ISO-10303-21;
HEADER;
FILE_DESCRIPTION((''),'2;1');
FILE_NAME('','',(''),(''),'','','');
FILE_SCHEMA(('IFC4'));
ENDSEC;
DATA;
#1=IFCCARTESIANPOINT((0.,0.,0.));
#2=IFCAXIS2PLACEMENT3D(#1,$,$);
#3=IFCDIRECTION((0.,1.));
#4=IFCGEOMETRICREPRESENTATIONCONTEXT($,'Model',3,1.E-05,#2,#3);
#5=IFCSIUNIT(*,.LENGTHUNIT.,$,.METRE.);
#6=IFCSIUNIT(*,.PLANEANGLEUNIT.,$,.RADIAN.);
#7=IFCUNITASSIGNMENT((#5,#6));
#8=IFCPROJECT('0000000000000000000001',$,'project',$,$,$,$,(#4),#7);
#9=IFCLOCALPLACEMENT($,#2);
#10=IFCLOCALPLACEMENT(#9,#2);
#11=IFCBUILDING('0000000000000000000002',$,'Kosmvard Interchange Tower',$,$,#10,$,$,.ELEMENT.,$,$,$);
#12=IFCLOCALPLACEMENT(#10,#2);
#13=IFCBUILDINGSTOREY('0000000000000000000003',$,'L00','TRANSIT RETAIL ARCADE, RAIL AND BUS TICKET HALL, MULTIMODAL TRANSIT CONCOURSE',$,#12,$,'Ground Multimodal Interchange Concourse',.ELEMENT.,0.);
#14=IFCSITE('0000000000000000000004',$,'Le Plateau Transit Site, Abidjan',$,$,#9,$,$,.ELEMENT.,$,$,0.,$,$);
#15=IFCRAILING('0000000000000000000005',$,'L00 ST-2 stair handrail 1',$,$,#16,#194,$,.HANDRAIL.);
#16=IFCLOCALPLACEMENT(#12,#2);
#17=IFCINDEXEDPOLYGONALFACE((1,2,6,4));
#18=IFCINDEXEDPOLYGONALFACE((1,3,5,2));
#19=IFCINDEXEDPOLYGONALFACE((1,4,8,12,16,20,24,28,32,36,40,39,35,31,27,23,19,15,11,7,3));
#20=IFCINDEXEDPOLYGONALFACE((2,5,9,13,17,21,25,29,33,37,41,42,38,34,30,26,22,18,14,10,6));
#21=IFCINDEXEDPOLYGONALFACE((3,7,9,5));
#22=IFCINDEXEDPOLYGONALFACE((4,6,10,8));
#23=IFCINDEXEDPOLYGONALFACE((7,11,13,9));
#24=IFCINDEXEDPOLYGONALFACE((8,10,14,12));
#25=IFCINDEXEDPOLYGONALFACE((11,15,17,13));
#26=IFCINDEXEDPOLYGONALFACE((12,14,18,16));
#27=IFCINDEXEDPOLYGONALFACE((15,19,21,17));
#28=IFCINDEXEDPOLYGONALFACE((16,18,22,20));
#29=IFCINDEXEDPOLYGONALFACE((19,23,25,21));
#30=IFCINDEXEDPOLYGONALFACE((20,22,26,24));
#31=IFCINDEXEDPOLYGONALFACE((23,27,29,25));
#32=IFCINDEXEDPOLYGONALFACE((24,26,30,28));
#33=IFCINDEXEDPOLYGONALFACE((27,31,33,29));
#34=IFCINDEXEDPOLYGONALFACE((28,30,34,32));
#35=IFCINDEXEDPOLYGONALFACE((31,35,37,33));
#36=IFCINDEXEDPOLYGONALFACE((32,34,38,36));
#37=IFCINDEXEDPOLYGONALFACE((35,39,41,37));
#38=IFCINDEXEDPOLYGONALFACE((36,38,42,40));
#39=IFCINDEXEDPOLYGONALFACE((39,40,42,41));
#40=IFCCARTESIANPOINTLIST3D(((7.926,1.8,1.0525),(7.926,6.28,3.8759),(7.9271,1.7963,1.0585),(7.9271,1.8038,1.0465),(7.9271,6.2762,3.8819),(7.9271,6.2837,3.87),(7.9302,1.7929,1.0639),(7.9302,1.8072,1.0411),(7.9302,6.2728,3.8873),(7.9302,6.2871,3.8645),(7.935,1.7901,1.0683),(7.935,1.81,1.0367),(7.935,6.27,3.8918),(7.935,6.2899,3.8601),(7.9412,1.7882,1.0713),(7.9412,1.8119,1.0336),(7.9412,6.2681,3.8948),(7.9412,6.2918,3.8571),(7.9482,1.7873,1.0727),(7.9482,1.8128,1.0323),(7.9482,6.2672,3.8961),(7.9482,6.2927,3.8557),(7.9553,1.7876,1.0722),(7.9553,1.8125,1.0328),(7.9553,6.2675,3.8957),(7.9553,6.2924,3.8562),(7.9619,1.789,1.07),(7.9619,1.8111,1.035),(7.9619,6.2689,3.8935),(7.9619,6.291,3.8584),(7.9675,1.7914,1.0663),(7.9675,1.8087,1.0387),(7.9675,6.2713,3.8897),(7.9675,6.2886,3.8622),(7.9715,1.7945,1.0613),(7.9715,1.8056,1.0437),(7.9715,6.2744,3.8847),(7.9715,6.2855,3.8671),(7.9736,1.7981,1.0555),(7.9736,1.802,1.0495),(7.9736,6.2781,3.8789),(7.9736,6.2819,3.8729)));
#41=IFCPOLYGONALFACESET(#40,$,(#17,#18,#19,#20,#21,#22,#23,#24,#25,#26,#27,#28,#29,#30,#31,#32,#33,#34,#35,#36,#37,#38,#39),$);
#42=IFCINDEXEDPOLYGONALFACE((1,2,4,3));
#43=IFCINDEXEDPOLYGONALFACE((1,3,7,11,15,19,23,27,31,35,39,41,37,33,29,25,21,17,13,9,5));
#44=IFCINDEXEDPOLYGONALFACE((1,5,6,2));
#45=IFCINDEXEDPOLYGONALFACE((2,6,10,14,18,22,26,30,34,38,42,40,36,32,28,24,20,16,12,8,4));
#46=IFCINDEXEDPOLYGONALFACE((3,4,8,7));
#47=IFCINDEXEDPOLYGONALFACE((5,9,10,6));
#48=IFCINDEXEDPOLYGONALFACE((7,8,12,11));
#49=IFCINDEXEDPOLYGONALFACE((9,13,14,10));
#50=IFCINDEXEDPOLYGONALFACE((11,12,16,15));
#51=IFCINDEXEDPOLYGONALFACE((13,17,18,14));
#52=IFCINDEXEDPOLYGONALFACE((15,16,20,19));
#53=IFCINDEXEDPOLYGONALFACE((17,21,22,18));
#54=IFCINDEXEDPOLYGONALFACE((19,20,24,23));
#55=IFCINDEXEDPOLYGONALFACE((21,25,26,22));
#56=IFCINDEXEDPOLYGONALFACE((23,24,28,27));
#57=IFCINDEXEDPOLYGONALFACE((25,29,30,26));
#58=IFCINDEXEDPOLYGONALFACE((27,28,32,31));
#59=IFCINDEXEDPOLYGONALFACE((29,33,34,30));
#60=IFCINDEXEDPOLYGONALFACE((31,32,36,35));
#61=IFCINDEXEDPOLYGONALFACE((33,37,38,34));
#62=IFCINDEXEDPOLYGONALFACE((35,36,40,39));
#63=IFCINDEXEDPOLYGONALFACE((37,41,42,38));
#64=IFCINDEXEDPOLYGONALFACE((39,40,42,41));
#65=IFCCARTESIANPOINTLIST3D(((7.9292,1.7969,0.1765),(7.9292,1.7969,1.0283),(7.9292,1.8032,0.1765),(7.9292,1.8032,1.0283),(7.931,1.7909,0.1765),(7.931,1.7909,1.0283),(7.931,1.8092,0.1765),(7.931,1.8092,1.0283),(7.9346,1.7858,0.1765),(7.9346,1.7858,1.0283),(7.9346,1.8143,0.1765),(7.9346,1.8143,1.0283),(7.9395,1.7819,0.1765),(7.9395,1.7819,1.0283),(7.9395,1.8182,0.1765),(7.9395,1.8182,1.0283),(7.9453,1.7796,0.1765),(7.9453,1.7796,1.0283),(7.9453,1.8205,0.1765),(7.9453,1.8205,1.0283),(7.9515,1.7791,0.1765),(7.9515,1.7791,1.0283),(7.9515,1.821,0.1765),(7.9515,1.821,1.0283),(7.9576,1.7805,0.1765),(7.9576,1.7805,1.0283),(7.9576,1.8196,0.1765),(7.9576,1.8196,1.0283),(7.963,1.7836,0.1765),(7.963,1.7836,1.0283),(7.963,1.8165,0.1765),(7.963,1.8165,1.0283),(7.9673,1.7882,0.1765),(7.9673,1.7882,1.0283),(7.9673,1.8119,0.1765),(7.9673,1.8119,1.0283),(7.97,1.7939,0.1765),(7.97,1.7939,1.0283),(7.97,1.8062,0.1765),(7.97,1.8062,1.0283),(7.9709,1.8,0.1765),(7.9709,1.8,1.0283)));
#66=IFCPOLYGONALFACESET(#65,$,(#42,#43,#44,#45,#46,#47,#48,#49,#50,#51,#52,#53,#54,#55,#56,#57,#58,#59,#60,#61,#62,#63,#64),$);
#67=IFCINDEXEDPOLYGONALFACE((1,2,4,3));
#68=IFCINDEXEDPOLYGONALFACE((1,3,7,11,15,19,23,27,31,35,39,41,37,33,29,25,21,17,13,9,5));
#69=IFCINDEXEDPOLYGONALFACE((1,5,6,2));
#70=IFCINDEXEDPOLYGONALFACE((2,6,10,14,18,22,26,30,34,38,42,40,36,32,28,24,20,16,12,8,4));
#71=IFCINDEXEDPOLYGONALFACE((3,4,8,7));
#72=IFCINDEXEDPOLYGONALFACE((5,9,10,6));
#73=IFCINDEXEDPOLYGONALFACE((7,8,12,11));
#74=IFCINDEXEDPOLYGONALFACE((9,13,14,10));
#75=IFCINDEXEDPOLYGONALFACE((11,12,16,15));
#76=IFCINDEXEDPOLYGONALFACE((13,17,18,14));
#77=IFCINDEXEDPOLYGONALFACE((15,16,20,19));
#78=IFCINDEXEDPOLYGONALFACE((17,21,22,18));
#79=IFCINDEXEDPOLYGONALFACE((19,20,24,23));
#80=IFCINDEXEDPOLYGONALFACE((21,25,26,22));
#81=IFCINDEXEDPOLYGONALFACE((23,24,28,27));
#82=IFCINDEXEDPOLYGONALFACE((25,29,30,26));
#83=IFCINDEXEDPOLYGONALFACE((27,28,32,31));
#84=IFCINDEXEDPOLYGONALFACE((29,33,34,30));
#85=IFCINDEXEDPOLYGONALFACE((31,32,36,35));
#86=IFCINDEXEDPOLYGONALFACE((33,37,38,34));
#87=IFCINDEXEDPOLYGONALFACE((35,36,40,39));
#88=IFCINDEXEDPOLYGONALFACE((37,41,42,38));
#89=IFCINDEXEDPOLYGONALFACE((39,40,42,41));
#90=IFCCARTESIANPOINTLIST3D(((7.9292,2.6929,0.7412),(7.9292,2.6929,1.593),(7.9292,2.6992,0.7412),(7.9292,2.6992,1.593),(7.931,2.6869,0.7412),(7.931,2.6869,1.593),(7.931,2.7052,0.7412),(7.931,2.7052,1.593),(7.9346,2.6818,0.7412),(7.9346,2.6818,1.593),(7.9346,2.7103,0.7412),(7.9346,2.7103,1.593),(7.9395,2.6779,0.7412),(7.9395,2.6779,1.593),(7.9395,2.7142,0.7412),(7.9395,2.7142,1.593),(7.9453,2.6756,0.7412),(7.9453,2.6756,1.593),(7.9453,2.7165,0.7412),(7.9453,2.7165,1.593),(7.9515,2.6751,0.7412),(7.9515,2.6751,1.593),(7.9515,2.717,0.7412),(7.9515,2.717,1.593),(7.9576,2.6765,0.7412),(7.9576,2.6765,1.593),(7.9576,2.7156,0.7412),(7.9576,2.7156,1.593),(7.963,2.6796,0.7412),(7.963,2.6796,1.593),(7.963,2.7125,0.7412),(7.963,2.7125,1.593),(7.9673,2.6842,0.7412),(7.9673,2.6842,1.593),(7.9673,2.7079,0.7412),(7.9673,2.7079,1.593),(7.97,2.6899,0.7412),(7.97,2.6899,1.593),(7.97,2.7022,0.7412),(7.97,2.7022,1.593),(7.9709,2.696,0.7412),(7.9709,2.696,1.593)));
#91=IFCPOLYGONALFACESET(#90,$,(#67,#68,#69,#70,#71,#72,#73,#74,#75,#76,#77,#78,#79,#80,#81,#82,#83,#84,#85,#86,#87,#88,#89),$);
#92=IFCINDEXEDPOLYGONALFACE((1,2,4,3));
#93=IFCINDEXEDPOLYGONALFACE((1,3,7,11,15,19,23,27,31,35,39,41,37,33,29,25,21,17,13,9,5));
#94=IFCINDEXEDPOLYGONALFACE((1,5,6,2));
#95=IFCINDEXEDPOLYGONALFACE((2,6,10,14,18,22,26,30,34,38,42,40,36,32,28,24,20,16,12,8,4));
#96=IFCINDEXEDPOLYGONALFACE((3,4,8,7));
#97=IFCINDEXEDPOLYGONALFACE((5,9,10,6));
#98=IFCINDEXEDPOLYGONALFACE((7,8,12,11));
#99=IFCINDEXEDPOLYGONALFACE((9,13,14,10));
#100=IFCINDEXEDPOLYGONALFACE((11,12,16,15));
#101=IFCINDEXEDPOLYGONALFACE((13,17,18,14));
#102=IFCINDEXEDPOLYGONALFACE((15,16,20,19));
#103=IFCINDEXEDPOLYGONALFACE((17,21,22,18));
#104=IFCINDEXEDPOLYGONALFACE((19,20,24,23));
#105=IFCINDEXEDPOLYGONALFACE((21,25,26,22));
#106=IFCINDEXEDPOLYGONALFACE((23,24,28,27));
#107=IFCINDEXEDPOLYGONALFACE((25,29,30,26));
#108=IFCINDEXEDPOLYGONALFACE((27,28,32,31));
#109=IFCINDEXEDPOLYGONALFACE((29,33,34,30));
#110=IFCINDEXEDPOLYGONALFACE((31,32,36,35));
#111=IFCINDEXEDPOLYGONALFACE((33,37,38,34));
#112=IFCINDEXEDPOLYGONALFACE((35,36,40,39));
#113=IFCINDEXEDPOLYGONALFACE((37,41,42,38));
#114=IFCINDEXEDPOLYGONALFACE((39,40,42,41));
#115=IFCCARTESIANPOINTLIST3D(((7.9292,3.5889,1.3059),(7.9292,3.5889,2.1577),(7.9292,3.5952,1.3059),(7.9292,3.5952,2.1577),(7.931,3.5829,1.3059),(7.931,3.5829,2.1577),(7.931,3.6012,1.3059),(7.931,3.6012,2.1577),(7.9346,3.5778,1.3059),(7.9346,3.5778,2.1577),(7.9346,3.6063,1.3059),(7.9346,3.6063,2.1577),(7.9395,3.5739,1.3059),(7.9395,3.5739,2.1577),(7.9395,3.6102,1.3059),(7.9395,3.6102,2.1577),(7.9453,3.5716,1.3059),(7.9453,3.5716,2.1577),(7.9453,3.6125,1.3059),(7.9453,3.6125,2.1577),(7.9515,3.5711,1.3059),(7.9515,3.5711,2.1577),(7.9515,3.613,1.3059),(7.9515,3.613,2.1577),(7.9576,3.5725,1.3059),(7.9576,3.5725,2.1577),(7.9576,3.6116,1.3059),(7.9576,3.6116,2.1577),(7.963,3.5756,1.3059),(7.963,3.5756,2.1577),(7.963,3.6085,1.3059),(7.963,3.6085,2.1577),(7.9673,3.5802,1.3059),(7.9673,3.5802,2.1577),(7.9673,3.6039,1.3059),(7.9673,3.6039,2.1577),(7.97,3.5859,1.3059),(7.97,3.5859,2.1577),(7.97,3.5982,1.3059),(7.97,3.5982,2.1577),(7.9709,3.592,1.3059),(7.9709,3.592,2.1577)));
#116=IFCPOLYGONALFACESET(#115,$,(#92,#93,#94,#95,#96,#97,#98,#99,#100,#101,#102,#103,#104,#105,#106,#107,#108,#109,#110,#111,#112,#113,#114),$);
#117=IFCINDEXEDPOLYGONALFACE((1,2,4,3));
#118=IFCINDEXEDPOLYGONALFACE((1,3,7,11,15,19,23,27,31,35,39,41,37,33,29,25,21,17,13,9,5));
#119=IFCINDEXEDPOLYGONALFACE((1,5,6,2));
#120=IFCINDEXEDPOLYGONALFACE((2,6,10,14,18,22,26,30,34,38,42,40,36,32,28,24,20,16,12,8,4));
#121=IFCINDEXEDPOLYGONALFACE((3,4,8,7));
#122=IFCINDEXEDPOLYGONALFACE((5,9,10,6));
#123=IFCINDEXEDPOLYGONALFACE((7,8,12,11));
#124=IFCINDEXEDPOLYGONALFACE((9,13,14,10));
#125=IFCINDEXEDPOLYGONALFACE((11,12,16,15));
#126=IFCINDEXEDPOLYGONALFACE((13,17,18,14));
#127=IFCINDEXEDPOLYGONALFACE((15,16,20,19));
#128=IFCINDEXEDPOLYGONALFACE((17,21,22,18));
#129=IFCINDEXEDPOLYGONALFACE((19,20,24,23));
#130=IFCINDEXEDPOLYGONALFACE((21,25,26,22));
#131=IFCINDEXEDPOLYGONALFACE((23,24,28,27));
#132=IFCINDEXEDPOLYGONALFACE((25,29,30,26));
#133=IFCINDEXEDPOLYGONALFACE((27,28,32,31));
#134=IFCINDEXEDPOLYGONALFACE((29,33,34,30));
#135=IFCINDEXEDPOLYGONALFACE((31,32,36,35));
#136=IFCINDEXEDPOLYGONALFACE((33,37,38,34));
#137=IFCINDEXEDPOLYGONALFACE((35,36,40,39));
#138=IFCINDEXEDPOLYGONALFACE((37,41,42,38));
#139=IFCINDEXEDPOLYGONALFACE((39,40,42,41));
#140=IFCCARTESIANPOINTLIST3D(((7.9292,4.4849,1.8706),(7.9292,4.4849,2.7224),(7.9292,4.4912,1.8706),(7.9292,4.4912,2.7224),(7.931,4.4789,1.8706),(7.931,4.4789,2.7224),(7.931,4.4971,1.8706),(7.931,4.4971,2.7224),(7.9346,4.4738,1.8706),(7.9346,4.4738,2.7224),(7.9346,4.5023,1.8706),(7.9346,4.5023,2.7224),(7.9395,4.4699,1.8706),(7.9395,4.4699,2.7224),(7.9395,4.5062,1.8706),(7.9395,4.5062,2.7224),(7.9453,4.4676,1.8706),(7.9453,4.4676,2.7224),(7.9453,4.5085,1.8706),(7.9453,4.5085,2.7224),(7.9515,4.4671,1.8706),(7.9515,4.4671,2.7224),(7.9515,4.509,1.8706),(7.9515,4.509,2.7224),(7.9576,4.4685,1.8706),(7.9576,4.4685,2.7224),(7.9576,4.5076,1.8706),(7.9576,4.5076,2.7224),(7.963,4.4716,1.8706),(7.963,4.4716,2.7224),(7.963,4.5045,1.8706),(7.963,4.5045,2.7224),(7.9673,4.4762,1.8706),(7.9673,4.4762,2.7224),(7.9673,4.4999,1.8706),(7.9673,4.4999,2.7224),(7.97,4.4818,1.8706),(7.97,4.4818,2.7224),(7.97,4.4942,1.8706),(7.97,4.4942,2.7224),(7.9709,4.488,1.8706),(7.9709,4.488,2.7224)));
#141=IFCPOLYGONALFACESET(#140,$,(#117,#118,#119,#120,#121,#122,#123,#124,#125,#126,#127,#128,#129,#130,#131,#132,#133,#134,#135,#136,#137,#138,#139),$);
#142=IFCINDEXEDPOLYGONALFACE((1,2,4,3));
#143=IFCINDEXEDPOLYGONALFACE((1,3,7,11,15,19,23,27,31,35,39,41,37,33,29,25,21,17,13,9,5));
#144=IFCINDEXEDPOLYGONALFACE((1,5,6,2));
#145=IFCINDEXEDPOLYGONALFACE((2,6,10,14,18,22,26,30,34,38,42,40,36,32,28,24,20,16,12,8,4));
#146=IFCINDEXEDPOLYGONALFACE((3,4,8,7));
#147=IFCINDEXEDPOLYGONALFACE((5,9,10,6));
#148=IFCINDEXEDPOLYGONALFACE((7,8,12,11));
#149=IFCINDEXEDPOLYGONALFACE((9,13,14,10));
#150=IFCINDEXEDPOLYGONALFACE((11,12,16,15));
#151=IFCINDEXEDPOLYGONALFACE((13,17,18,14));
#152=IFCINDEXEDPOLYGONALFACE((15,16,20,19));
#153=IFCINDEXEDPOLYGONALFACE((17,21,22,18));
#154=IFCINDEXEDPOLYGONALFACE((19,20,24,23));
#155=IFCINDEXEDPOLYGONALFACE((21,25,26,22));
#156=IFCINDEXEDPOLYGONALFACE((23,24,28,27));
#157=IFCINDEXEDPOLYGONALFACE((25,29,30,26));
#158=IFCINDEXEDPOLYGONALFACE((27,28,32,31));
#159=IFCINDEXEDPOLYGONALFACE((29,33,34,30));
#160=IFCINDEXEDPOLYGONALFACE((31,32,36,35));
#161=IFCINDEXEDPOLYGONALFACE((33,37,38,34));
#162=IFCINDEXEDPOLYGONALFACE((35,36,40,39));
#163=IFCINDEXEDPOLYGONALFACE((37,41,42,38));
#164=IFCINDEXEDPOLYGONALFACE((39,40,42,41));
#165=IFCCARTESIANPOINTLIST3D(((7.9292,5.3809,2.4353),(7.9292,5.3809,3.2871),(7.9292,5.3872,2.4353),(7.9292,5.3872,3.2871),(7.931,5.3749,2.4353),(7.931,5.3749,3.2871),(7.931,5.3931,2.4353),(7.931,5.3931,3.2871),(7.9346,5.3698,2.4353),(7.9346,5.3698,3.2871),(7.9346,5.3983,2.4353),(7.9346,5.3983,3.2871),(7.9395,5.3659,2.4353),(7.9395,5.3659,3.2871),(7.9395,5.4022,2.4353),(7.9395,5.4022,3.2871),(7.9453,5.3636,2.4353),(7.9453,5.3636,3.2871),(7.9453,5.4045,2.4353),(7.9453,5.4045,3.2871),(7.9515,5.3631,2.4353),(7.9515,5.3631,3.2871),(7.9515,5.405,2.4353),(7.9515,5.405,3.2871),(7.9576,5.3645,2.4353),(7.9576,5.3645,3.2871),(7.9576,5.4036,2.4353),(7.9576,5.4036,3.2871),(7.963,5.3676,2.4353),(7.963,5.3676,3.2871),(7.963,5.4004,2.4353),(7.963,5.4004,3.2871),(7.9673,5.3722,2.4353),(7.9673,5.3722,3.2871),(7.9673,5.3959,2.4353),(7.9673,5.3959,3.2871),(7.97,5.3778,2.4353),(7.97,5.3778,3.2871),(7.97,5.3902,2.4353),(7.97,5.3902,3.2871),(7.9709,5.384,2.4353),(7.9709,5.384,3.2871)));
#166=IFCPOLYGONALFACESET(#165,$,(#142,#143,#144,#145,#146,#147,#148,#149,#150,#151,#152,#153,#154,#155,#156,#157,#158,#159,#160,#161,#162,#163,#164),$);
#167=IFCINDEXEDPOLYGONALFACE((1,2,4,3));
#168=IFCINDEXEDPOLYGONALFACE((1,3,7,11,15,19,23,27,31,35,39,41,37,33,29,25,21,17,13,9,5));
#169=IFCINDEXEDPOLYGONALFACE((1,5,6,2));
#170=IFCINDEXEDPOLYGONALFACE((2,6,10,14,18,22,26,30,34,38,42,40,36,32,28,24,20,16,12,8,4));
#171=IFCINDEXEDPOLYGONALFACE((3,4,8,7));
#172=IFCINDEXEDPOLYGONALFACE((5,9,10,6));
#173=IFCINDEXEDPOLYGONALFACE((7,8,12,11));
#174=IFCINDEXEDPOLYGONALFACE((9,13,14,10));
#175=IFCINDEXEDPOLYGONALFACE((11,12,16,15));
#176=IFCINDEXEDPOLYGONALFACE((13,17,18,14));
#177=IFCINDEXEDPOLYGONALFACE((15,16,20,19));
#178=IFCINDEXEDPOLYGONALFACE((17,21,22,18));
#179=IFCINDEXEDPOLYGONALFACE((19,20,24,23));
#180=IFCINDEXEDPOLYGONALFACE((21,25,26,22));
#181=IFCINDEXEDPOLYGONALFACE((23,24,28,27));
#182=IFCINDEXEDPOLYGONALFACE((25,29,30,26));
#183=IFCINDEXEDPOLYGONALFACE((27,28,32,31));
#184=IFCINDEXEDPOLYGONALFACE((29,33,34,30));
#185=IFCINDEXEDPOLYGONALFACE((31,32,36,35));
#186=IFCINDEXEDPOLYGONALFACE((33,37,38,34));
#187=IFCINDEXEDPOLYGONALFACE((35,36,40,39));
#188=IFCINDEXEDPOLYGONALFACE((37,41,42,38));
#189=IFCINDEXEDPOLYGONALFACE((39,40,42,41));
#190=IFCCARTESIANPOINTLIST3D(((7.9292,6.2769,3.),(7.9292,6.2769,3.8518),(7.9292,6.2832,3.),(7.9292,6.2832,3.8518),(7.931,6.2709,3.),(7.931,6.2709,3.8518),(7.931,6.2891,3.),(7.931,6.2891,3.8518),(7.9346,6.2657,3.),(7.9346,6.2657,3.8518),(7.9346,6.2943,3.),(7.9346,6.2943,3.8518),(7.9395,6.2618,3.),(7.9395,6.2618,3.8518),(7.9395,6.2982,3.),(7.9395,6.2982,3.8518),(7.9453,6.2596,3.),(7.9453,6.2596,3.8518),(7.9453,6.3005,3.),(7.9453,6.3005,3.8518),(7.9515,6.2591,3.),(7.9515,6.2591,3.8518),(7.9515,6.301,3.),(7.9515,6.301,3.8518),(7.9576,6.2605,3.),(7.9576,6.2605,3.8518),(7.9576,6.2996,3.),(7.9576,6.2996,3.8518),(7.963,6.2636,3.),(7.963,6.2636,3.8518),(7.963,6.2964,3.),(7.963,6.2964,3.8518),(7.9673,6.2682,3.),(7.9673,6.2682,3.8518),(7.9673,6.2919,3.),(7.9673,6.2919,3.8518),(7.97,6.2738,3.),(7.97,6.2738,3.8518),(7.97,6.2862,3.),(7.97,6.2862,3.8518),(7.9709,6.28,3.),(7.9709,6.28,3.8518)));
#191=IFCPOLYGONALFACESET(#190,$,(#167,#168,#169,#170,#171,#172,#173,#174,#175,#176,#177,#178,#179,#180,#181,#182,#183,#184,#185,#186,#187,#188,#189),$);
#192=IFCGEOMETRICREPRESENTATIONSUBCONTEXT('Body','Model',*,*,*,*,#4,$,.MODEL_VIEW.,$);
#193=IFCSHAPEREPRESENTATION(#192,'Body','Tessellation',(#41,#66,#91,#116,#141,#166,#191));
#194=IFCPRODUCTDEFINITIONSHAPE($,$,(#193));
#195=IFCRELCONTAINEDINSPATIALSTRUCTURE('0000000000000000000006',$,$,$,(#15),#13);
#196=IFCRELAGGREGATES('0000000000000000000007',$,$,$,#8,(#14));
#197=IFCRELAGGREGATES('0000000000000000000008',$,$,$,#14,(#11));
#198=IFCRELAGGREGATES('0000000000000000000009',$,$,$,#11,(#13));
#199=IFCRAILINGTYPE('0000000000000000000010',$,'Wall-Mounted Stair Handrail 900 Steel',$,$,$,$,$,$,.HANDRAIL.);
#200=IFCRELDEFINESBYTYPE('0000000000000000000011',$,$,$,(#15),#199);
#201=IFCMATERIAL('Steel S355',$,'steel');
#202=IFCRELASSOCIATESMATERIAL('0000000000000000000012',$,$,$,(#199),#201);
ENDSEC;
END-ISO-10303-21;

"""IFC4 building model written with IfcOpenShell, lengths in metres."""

from ifc_helpers import new_model, si_unit, direction, frame, origin, origin_2d, place, context, subcontext, project, spatial, circle, extrude, source, transform, mapped, material, type_object, element, save


model = new_model("IFC4")

# Units and contexts
model_context = context("Model", 3, precision=1e-05, world=origin(), true_north=direction((0.0, 1.0)))
body_context = subcontext(model_context, "Body", "Model", "MODEL_VIEW")
ifc_project = project(units=[si_unit("LENGTHUNIT", "METRE"), si_unit("PLANEANGLEUNIT", "RADIAN")], contexts=[model_context])

# Site, building, storey
site_placement = place(None, origin())
site = spatial("IfcSite", under=ifc_project, at=site_placement, Name="Le Plateau Transit Site, Abidjan", CompositionType="ELEMENT", RefElevation=0.0)
building_placement = place(site_placement, origin())
building = spatial("IfcBuilding", under=site, at=building_placement, Name="Kosmvard Interchange Tower", CompositionType="ELEMENT")
storey_placement = place(building_placement, origin())
storey = spatial("IfcBuildingStorey", under=building, at=storey_placement, Name="L00", Description="TRANSIT RETAIL ARCADE, RAIL AND BUS TICKET HALL, MULTIMODAL TRANSIT CONCOURSE", LongName="Ground Multimodal Interchange Concourse", CompositionType="ELEMENT", Elevation=0.0)

# Railing
ifc_material_1 = material(Name="Steel S355", Category="steel")
railing_type_1 = type_object("IfcRailingType", Name="Wall-Mounted Stair Handrail 900 Steel", PredefinedType="HANDRAIL", material=ifc_material_1)
shared_shape_1 = source(origin(), body_context, "Body", "SweptSolid", [
    extrude(circle(Radius=0.0239, at=origin_2d()), frame((0.0, 0.0, 0.876), z_axis=(0.0, 0.845998, 0.533186), x_axis=(-1.0, 0.0, 0.0)), (0.0, 0.0, 1.0), 5.2954),
    extrude(circle(Radius=0.021, at=origin_2d()), origin(), (0.0, 0.0, 1.0), 0.8518),
    extrude(circle(Radius=0.021, at=origin_2d()), frame((0.0, 0.896, 0.5647)), (0.0, 0.0, 1.0), 0.8518),
    extrude(circle(Radius=0.021, at=origin_2d()), frame((0.0, 1.792, 1.1294)), (0.0, 0.0, 1.0), 0.8518),
    extrude(circle(Radius=0.021, at=origin_2d()), frame((0.0, 2.688, 1.6941)), (0.0, 0.0, 1.0), 0.8518),
    extrude(circle(Radius=0.021, at=origin_2d()), frame((0.0, 3.584, 2.2588)), (0.0, 0.0, 1.0), 0.8518),
    extrude(circle(Radius=0.021, at=origin_2d()), frame((0.0, 4.48, 2.8235)), (0.0, 0.0, 1.0), 0.8518),
])
railing_1_placement = place(storey_placement, frame((7.95, 1.8, 0.1765)))
element("IfcRailing", 1, at=railing_1_placement, inside=storey, type_object=railing_type_1, Name="L00 ST-2 stair handrail 1", PredefinedType="HANDRAIL", context=body_context, shape_type="MappedRepresentation", body=[
    mapped(shared_shape_1, transform((0.0, 0.0, 0.0), scale=1.0)),
])

save(model, "model.ifc")
